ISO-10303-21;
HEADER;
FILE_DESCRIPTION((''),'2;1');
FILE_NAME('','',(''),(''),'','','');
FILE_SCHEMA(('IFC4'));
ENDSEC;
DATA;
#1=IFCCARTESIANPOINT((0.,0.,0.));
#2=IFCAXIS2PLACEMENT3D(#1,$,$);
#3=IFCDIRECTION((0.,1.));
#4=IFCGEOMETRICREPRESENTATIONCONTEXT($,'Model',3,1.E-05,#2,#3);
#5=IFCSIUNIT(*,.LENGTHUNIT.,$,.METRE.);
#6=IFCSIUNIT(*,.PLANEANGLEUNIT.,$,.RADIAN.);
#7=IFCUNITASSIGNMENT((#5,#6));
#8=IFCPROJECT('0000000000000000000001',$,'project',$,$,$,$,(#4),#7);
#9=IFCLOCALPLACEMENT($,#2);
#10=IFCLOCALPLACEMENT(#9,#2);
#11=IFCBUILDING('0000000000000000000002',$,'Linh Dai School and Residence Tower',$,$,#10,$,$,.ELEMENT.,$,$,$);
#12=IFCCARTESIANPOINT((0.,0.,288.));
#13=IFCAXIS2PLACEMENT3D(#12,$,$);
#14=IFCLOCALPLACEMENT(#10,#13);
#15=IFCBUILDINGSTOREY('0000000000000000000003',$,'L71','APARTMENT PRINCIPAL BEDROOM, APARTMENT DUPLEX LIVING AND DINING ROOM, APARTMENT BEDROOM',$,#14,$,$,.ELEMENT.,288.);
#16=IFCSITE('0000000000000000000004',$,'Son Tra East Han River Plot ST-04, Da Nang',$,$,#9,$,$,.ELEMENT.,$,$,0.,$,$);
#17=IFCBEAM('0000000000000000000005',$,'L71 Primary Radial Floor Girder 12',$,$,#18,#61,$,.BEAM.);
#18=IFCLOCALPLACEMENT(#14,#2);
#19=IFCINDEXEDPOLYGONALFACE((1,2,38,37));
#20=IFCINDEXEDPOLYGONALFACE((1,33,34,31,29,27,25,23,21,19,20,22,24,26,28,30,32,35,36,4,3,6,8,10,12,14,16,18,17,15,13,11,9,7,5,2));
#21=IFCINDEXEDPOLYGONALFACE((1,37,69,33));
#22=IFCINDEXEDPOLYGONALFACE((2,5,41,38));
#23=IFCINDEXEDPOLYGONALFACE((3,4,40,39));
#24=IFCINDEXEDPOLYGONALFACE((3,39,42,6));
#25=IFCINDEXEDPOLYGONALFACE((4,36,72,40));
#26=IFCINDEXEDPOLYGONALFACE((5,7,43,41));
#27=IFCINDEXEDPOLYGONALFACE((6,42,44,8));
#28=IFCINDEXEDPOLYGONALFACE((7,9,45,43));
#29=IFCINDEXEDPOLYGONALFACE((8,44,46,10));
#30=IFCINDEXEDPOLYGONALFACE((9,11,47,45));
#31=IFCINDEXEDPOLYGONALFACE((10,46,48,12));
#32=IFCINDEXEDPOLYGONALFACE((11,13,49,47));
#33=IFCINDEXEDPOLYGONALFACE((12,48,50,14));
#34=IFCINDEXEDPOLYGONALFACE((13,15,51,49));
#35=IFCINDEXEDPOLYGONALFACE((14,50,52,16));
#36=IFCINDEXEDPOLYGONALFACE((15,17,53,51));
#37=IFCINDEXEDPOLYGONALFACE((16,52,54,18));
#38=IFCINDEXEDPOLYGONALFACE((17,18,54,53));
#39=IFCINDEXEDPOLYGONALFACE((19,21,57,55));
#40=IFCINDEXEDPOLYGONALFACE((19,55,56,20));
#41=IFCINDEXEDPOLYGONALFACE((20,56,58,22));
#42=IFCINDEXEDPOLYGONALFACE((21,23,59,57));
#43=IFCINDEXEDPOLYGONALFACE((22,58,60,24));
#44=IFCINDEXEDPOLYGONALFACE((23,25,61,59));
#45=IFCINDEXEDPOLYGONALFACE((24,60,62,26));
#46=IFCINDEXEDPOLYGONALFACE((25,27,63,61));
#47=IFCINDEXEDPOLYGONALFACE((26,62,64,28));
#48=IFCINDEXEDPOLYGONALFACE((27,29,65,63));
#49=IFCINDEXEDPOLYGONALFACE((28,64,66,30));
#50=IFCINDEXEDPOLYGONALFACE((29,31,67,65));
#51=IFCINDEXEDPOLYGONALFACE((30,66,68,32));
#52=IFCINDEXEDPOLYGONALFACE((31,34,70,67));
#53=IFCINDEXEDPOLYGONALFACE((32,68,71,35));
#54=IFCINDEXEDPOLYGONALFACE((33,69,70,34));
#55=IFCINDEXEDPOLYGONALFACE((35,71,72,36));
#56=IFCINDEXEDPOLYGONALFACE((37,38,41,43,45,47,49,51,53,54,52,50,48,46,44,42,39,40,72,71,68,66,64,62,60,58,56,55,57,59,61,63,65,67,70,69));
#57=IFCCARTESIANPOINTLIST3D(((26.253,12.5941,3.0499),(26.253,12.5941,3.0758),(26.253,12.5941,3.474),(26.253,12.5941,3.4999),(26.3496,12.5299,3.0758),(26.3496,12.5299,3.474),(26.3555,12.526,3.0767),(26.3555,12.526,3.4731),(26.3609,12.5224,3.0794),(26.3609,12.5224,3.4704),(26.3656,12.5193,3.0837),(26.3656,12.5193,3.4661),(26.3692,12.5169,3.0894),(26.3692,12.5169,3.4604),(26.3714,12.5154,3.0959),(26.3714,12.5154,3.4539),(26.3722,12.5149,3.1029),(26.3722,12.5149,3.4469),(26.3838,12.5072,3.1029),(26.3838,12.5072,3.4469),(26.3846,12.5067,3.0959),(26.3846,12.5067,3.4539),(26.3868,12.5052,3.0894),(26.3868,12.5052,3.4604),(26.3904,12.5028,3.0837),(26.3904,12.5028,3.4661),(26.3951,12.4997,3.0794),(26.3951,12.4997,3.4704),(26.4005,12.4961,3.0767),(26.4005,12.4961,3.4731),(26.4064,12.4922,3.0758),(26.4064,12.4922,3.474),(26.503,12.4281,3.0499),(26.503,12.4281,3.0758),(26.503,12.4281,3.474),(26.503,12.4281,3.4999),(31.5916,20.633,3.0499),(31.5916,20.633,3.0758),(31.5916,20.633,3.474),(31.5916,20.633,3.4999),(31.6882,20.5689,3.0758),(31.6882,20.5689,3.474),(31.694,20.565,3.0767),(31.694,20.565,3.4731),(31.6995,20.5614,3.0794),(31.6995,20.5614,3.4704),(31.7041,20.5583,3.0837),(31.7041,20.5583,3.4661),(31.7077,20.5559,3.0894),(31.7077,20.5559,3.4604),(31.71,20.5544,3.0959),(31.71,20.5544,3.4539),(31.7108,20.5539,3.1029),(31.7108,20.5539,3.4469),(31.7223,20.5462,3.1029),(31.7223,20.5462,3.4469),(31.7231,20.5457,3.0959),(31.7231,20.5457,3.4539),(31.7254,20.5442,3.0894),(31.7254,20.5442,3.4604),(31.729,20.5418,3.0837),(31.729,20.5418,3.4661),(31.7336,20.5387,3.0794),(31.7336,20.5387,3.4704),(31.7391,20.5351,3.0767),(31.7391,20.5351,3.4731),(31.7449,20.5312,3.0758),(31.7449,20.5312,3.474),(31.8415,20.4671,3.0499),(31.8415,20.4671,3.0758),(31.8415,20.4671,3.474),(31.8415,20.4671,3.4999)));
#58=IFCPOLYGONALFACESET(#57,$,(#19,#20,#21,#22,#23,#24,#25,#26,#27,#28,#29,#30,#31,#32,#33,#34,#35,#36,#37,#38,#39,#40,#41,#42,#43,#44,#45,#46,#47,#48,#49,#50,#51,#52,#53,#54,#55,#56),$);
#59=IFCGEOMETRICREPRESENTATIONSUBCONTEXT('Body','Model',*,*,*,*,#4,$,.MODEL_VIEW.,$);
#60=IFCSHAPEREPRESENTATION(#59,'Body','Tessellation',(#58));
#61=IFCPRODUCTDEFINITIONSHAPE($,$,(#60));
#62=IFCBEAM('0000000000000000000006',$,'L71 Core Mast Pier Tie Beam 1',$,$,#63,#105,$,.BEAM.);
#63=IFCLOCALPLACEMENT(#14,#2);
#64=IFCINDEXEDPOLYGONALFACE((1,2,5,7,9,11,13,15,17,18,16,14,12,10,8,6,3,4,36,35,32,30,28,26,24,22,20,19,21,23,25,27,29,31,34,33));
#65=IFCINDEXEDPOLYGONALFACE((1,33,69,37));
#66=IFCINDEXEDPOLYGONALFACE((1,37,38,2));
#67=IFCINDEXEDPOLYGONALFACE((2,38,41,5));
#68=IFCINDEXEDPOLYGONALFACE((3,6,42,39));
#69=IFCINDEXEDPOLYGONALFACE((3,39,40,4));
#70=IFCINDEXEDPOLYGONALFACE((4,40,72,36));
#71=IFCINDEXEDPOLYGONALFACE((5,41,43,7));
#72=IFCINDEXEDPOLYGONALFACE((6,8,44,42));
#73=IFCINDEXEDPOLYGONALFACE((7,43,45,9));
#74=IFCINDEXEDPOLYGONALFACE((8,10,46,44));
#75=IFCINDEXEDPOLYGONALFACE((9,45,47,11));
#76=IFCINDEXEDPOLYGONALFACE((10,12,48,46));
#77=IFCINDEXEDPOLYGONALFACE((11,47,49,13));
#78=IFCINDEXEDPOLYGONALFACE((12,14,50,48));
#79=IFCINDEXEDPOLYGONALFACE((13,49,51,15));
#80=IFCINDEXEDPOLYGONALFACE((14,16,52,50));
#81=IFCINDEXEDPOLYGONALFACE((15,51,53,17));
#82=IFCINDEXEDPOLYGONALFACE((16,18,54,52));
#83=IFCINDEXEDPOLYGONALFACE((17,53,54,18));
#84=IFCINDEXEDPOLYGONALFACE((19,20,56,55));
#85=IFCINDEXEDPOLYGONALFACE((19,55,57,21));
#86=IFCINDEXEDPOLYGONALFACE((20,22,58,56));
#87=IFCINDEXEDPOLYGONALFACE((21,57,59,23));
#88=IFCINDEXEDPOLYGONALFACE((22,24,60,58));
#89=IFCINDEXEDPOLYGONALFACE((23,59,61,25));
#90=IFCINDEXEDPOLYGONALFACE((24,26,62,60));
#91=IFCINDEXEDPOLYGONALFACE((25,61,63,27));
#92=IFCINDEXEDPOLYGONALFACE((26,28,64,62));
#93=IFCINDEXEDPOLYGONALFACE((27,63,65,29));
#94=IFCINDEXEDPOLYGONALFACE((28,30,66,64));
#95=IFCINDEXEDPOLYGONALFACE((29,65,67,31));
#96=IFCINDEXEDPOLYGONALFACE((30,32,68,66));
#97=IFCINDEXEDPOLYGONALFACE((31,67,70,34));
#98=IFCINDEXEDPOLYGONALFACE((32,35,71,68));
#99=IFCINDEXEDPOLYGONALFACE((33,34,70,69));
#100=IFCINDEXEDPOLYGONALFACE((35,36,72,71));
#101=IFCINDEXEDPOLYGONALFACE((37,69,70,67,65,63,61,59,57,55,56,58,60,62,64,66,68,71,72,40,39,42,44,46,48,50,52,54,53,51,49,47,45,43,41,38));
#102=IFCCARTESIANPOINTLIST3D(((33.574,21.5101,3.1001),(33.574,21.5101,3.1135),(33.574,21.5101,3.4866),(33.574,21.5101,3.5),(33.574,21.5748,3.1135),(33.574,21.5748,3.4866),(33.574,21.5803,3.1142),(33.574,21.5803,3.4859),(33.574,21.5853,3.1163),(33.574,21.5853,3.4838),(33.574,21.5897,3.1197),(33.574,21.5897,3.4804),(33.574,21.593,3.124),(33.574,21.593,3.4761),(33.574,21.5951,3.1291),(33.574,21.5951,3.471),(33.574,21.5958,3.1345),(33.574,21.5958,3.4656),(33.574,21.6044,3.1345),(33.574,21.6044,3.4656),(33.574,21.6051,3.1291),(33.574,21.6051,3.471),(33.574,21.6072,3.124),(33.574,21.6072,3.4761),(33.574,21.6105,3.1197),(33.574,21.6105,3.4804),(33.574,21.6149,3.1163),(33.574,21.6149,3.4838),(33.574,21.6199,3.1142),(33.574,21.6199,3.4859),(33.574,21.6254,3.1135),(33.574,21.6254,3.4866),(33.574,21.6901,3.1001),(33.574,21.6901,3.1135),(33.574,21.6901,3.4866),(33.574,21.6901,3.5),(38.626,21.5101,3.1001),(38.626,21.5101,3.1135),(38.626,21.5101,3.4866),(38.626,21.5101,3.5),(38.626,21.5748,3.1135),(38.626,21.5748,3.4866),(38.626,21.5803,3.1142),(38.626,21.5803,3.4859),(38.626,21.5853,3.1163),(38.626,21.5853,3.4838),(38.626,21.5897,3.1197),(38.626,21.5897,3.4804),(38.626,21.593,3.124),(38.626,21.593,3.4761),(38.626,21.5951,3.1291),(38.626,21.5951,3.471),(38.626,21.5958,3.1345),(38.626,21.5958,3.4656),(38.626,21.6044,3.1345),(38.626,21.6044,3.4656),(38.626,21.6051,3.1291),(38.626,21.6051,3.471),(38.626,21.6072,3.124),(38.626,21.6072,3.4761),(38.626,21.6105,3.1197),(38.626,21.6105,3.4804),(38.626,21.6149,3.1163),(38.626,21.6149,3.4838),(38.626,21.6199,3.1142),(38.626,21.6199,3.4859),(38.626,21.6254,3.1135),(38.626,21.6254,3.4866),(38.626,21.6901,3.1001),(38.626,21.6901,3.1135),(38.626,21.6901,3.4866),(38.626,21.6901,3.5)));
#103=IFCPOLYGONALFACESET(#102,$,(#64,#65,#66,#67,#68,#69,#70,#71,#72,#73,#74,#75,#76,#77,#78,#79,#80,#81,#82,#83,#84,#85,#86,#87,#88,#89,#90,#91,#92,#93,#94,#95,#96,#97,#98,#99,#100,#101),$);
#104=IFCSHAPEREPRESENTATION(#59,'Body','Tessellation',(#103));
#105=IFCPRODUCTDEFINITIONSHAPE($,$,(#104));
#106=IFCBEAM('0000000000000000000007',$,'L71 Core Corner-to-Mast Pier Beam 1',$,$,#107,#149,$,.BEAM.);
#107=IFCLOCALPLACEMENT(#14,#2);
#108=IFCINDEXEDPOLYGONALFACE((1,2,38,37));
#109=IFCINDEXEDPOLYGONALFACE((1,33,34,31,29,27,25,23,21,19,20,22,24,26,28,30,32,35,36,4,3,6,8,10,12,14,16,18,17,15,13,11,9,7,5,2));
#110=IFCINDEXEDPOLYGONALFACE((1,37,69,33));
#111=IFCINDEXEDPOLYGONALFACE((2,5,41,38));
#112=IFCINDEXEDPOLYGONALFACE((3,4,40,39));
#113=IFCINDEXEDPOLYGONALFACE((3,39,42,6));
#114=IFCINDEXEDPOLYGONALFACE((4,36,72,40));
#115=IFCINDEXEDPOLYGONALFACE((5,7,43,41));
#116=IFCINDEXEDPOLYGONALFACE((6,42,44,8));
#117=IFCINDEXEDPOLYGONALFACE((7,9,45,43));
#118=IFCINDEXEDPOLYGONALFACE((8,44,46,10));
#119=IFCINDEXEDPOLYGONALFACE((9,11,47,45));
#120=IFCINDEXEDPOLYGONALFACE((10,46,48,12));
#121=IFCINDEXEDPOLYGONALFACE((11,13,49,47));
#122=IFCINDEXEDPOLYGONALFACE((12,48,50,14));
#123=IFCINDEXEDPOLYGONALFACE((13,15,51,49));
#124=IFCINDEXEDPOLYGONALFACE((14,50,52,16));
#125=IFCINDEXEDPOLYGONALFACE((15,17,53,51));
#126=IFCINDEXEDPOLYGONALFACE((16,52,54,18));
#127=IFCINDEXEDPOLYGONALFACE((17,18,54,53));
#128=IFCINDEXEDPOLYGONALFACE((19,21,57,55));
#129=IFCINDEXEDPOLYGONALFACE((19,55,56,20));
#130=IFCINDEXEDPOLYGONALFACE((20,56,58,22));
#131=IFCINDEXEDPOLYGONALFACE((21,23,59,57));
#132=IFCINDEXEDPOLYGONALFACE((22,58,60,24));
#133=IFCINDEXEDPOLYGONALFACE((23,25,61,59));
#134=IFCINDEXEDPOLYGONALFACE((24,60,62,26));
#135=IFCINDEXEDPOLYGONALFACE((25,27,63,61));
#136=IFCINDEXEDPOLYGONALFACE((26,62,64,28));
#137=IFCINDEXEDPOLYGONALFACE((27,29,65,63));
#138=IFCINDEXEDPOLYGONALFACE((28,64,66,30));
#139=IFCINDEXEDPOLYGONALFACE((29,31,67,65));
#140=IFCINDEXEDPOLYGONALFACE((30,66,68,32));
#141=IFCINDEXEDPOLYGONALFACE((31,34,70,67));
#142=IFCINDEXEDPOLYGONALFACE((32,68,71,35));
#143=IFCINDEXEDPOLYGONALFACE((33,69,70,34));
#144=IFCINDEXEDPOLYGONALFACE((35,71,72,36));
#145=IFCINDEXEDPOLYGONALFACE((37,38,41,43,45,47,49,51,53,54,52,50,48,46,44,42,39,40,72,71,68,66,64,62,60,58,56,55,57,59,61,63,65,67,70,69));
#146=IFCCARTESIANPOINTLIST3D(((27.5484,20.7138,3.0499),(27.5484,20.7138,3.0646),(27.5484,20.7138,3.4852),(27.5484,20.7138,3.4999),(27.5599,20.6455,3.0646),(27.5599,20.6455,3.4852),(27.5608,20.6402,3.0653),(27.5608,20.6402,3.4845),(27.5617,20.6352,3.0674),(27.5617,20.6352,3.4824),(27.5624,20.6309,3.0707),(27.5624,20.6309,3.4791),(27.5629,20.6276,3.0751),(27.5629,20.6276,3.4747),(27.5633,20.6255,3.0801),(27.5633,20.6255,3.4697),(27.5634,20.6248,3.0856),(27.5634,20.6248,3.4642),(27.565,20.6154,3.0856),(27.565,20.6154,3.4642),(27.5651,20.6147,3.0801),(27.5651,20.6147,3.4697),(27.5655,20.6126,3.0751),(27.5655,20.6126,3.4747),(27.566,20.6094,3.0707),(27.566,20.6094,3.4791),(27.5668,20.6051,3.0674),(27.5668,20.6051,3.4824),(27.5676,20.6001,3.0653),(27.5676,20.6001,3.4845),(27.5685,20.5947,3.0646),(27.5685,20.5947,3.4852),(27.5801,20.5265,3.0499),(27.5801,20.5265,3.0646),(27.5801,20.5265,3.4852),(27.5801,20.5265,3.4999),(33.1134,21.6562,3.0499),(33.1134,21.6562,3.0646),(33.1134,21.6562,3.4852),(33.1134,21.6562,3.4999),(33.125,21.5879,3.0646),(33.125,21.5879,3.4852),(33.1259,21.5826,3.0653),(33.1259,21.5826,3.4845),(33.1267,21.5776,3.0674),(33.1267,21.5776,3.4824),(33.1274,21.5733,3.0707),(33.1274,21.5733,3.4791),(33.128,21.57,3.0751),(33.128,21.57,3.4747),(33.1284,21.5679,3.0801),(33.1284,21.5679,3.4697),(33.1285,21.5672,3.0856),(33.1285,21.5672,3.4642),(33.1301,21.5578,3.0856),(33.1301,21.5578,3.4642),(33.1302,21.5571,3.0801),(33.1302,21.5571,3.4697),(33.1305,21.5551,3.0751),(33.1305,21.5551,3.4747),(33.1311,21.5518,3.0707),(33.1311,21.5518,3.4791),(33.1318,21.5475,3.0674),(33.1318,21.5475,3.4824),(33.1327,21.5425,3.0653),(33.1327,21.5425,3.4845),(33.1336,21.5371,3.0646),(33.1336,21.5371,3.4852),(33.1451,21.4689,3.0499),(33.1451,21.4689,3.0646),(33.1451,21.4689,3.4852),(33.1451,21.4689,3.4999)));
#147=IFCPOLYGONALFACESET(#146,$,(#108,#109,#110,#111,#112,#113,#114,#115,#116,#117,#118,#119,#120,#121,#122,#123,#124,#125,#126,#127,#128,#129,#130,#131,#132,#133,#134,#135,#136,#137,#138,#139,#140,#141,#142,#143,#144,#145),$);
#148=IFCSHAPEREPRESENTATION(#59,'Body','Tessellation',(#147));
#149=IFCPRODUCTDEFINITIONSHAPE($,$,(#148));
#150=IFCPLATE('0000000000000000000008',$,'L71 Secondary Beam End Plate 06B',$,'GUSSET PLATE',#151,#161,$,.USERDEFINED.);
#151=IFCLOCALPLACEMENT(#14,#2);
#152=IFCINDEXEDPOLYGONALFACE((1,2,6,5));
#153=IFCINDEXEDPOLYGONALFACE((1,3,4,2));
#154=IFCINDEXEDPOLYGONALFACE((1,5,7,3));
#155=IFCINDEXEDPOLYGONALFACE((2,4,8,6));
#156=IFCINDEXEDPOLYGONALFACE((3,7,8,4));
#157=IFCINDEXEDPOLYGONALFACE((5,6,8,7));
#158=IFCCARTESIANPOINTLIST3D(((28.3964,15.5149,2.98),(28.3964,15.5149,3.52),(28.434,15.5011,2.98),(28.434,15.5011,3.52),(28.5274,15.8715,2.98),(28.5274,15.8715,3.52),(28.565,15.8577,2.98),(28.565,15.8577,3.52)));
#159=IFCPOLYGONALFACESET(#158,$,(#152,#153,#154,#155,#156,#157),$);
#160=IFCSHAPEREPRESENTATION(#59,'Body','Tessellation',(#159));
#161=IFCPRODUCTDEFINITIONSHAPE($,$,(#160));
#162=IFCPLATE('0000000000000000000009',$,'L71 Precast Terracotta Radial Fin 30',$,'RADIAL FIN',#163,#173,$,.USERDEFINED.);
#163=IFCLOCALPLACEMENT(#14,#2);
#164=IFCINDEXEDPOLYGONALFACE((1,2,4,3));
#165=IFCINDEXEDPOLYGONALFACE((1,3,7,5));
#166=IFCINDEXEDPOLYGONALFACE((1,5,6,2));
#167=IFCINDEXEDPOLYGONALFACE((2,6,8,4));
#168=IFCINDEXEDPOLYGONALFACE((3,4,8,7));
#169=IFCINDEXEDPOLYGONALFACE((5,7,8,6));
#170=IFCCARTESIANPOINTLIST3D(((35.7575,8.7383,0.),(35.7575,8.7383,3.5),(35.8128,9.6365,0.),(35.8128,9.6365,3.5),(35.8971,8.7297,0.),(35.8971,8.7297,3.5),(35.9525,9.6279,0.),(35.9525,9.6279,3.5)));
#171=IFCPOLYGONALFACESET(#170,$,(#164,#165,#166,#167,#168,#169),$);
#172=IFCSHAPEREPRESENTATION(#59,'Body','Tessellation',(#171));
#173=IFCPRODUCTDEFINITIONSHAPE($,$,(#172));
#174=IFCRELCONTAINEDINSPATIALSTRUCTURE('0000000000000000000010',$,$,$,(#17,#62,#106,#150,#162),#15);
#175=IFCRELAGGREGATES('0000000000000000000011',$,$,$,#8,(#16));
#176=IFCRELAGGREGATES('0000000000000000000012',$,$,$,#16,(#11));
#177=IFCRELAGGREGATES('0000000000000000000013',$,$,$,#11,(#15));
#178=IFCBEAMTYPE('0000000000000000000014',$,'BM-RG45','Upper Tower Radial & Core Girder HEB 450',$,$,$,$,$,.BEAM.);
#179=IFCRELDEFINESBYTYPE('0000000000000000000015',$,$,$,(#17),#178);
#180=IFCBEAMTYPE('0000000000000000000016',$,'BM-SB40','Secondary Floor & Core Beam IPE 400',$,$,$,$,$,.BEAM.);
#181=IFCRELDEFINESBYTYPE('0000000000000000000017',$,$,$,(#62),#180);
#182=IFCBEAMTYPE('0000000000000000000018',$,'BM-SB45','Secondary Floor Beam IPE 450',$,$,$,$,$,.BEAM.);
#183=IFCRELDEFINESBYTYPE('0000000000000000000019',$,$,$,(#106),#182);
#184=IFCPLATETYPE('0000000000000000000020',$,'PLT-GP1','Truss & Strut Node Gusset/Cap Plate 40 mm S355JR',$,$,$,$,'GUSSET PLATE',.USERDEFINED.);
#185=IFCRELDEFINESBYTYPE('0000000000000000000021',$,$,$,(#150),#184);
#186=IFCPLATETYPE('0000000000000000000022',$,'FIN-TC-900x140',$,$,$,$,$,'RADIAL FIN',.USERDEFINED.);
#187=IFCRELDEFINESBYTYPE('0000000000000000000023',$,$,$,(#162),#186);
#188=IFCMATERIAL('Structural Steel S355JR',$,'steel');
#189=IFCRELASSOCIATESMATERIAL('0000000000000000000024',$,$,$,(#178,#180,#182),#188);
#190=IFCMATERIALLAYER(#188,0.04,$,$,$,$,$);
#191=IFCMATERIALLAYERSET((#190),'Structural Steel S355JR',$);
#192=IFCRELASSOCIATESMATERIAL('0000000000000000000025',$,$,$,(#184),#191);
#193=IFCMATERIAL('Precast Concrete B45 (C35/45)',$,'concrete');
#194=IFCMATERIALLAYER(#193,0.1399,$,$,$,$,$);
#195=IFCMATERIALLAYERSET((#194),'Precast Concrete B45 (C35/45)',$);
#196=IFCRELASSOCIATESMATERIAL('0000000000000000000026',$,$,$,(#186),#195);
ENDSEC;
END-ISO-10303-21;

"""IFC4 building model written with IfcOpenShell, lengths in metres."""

from ifc_helpers import new_model, si_unit, direction, frame, origin, origin_2d, place, context, subcontext, project, spatial, rectangle, i_section, extrude, source, transform, mapped, material, layer, layer_set, material_profile, profile_set, type_object, element, save


model = new_model("IFC4")

# Units and contexts
model_context = context("Model", 3, precision=1e-05, world=origin(), true_north=direction((0.0, 1.0)))
body_context = subcontext(model_context, "Body", "Model", "MODEL_VIEW")
ifc_project = project(units=[si_unit("LENGTHUNIT", "METRE"), si_unit("PLANEANGLEUNIT", "RADIAN")], contexts=[model_context])

# Site, building, storey
site_placement = place(None, origin())
site = spatial("IfcSite", under=ifc_project, at=site_placement, Name="Son Tra East Han River Plot ST-04, Da Nang", CompositionType="ELEMENT", RefElevation=0.0)
building_placement = place(site_placement, origin())
building = spatial("IfcBuilding", under=site, at=building_placement, Name="Linh Dai School and Residence Tower", CompositionType="ELEMENT")
storey_placement = place(building_placement, frame((0.0, 0.0, 288.0)))
storey = spatial("IfcBuildingStorey", under=building, at=storey_placement, Name="L71", Description="APARTMENT PRINCIPAL BEDROOM, APARTMENT DUPLEX LIVING AND DINING ROOM, APARTMENT BEDROOM", CompositionType="ELEMENT", Elevation=288.0)

# Shared definitions
ifc_material_1 = material(Name="Structural Steel S355JR", Category="steel")

# Beams
ifc_material_profile_1 = material_profile(ifc_material_1, i_section(OverallWidth=0.3, OverallDepth=0.45, WebThickness=0.0139, FlangeThickness=0.0259, FilletRadius=0.0271, at=origin_2d()), Name="HEB 450")
ifc_profile_set_1 = profile_set([ifc_material_profile_1], Name="Structural Steel S355JR")
beam_type_1 = type_object("IfcBeamType", Name="BM-RG45", Description="Upper Tower Radial & Core Girder HEB 450", PredefinedType="BEAM", material=ifc_profile_set_1)
beam_1_placement = place(storey_placement, frame((31.7166, 20.55, 3.2749), z_axis=(-0.553211, -0.833041, 0.0), x_axis=(0.833041, -0.553211, 0.0)))
element("IfcBeam", 1, at=beam_1_placement, inside=storey, type_object=beam_type_1, Name="L71 Primary Radial Floor Girder 12", PredefinedType="BEAM", context=body_context, shape_type="SweptSolid", body=[
    extrude(i_section(OverallWidth=0.3, OverallDepth=0.45, WebThickness=0.0139, FlangeThickness=0.0259, FilletRadius=0.0271, at=origin_2d()), origin(), (0.0, 0.0, 1.0), 9.6501),
])
ifc_material_profile_2 = material_profile(ifc_material_1, i_section(OverallWidth=0.1799, OverallDepth=0.3999, WebThickness=0.0085, FlangeThickness=0.0134, FilletRadius=0.021, at=origin_2d()), Name="IPE 400")
ifc_profile_set_2 = profile_set([ifc_material_profile_2], Name="Structural Steel S355JR")
beam_type_2 = type_object("IfcBeamType", Name="BM-SB40", Description="Secondary Floor & Core Beam IPE 400", PredefinedType="BEAM", material=ifc_profile_set_2)
beam_2_placement = place(storey_placement, frame((33.574, 21.6001, 3.3), z_axis=(1.0, 0.0, 0.0), x_axis=(0.0, 1.0, 0.0)))
element("IfcBeam", 2, at=beam_2_placement, inside=storey, type_object=beam_type_2, Name="L71 Core Mast Pier Tie Beam 1", PredefinedType="BEAM", context=body_context, shape_type="SweptSolid", body=[
    extrude(i_section(OverallWidth=0.1799, OverallDepth=0.3999, WebThickness=0.0085, FlangeThickness=0.0134, FilletRadius=0.021, at=origin_2d()), origin(), (0.0, 0.0, 1.0), 5.052),
])
ifc_material_profile_3 = material_profile(ifc_material_1, i_section(OverallWidth=0.1899, OverallDepth=0.45, WebThickness=0.0095, FlangeThickness=0.0146, FilletRadius=0.021, at=origin_2d()), Name="IPE 450")
ifc_profile_set_3 = profile_set([ifc_material_profile_3], Name="Structural Steel S355JR")
beam_type_3 = type_object("IfcBeamType", Name="BM-SB45", Description="Secondary Floor Beam IPE 450", PredefinedType="BEAM", material=ifc_profile_set_3)
beam_3_placement = place(storey_placement, frame((27.5642, 20.6201, 3.2749), z_axis=(0.985963, 0.166966, 0.0), x_axis=(-0.166966, 0.985963, 0.0)))
element("IfcBeam", 3, at=beam_3_placement, inside=storey, type_object=beam_type_3, Name="L71 Core Corner-to-Mast Pier Beam 1", PredefinedType="BEAM", context=body_context, shape_type="SweptSolid", body=[
    extrude(i_section(OverallWidth=0.1899, OverallDepth=0.45, WebThickness=0.0095, FlangeThickness=0.0146, FilletRadius=0.021, at=origin_2d()), origin(), (0.0, 0.0, 1.0), 5.6443),
])

# Plates
ifc_layer_1 = layer(ifc_material_1, 0.04)
ifc_layer_set_1 = layer_set([ifc_layer_1], Name="Structural Steel S355JR")
plate_type_1 = type_object("IfcPlateType", Name="PLT-GP1", Description="Truss & Strut Node Gusset/Cap Plate 40 mm S355JR", ElementType="GUSSET PLATE", PredefinedType="USERDEFINED", material=ifc_layer_set_1)
shared_shape_1 = source(origin(), body_context, "Body", "SweptSolid", [
    extrude(rectangle(XDim=0.04, YDim=0.3799, at=origin_2d()), origin(), (0.0, 0.0, 1.0), 0.54),
])
plate_1_placement = place(storey_placement, frame((28.4807, 15.6863, 2.98), z_axis=(0.0, 0.0, 1.0), x_axis=(0.938695, -0.344748, 0.0)))
element("IfcPlate", 4, at=plate_1_placement, inside=storey, type_object=plate_type_1, Name="L71 Secondary Beam End Plate 06B", ObjectType="GUSSET PLATE", PredefinedType="USERDEFINED", context=body_context, shape_type="MappedRepresentation", body=[
    mapped(shared_shape_1, transform((0.0, 0.0, 0.0), x_axis=(1.0, 0.0, 0.0), y_axis=(0.0, 1.0, 0.0), z_axis=(0.0, 0.0, 1.0), scale=1.0)),
])
ifc_material_2 = material(Name="Precast Concrete B45 (C35/45)", Category="concrete")
ifc_layer_2 = layer(ifc_material_2, 0.1399)
ifc_layer_set_2 = layer_set([ifc_layer_2], Name="Precast Concrete B45 (C35/45)")
plate_type_2 = type_object("IfcPlateType", Name="FIN-TC-900x140", ElementType="RADIAL FIN", PredefinedType="USERDEFINED", material=ifc_layer_set_2)
shared_shape_2 = source(origin(), body_context, "Body", "SweptSolid", [
    extrude(rectangle(XDim=0.8999, YDim=0.1399, at=origin_2d()), origin(), (0.0, 0.0, 1.0), 3.5),
])
plate_2_placement = place(storey_placement, frame((35.855, 9.1831, 0.0), z_axis=(0.0, 0.0, 1.0), x_axis=(-0.06151, -0.998106, 0.0)))
element("IfcPlate", 5, at=plate_2_placement, inside=storey, type_object=plate_type_2, Name="L71 Precast Terracotta Radial Fin 30", ObjectType="RADIAL FIN", PredefinedType="USERDEFINED", context=body_context, shape_type="MappedRepresentation", body=[
    mapped(shared_shape_2, transform((0.0, 0.0, 0.0), x_axis=(1.0, 0.0, 0.0), y_axis=(0.0, 1.0, 0.0), z_axis=(0.0, 0.0, 1.0), scale=1.0)),
])

save(model, "model.ifc")
